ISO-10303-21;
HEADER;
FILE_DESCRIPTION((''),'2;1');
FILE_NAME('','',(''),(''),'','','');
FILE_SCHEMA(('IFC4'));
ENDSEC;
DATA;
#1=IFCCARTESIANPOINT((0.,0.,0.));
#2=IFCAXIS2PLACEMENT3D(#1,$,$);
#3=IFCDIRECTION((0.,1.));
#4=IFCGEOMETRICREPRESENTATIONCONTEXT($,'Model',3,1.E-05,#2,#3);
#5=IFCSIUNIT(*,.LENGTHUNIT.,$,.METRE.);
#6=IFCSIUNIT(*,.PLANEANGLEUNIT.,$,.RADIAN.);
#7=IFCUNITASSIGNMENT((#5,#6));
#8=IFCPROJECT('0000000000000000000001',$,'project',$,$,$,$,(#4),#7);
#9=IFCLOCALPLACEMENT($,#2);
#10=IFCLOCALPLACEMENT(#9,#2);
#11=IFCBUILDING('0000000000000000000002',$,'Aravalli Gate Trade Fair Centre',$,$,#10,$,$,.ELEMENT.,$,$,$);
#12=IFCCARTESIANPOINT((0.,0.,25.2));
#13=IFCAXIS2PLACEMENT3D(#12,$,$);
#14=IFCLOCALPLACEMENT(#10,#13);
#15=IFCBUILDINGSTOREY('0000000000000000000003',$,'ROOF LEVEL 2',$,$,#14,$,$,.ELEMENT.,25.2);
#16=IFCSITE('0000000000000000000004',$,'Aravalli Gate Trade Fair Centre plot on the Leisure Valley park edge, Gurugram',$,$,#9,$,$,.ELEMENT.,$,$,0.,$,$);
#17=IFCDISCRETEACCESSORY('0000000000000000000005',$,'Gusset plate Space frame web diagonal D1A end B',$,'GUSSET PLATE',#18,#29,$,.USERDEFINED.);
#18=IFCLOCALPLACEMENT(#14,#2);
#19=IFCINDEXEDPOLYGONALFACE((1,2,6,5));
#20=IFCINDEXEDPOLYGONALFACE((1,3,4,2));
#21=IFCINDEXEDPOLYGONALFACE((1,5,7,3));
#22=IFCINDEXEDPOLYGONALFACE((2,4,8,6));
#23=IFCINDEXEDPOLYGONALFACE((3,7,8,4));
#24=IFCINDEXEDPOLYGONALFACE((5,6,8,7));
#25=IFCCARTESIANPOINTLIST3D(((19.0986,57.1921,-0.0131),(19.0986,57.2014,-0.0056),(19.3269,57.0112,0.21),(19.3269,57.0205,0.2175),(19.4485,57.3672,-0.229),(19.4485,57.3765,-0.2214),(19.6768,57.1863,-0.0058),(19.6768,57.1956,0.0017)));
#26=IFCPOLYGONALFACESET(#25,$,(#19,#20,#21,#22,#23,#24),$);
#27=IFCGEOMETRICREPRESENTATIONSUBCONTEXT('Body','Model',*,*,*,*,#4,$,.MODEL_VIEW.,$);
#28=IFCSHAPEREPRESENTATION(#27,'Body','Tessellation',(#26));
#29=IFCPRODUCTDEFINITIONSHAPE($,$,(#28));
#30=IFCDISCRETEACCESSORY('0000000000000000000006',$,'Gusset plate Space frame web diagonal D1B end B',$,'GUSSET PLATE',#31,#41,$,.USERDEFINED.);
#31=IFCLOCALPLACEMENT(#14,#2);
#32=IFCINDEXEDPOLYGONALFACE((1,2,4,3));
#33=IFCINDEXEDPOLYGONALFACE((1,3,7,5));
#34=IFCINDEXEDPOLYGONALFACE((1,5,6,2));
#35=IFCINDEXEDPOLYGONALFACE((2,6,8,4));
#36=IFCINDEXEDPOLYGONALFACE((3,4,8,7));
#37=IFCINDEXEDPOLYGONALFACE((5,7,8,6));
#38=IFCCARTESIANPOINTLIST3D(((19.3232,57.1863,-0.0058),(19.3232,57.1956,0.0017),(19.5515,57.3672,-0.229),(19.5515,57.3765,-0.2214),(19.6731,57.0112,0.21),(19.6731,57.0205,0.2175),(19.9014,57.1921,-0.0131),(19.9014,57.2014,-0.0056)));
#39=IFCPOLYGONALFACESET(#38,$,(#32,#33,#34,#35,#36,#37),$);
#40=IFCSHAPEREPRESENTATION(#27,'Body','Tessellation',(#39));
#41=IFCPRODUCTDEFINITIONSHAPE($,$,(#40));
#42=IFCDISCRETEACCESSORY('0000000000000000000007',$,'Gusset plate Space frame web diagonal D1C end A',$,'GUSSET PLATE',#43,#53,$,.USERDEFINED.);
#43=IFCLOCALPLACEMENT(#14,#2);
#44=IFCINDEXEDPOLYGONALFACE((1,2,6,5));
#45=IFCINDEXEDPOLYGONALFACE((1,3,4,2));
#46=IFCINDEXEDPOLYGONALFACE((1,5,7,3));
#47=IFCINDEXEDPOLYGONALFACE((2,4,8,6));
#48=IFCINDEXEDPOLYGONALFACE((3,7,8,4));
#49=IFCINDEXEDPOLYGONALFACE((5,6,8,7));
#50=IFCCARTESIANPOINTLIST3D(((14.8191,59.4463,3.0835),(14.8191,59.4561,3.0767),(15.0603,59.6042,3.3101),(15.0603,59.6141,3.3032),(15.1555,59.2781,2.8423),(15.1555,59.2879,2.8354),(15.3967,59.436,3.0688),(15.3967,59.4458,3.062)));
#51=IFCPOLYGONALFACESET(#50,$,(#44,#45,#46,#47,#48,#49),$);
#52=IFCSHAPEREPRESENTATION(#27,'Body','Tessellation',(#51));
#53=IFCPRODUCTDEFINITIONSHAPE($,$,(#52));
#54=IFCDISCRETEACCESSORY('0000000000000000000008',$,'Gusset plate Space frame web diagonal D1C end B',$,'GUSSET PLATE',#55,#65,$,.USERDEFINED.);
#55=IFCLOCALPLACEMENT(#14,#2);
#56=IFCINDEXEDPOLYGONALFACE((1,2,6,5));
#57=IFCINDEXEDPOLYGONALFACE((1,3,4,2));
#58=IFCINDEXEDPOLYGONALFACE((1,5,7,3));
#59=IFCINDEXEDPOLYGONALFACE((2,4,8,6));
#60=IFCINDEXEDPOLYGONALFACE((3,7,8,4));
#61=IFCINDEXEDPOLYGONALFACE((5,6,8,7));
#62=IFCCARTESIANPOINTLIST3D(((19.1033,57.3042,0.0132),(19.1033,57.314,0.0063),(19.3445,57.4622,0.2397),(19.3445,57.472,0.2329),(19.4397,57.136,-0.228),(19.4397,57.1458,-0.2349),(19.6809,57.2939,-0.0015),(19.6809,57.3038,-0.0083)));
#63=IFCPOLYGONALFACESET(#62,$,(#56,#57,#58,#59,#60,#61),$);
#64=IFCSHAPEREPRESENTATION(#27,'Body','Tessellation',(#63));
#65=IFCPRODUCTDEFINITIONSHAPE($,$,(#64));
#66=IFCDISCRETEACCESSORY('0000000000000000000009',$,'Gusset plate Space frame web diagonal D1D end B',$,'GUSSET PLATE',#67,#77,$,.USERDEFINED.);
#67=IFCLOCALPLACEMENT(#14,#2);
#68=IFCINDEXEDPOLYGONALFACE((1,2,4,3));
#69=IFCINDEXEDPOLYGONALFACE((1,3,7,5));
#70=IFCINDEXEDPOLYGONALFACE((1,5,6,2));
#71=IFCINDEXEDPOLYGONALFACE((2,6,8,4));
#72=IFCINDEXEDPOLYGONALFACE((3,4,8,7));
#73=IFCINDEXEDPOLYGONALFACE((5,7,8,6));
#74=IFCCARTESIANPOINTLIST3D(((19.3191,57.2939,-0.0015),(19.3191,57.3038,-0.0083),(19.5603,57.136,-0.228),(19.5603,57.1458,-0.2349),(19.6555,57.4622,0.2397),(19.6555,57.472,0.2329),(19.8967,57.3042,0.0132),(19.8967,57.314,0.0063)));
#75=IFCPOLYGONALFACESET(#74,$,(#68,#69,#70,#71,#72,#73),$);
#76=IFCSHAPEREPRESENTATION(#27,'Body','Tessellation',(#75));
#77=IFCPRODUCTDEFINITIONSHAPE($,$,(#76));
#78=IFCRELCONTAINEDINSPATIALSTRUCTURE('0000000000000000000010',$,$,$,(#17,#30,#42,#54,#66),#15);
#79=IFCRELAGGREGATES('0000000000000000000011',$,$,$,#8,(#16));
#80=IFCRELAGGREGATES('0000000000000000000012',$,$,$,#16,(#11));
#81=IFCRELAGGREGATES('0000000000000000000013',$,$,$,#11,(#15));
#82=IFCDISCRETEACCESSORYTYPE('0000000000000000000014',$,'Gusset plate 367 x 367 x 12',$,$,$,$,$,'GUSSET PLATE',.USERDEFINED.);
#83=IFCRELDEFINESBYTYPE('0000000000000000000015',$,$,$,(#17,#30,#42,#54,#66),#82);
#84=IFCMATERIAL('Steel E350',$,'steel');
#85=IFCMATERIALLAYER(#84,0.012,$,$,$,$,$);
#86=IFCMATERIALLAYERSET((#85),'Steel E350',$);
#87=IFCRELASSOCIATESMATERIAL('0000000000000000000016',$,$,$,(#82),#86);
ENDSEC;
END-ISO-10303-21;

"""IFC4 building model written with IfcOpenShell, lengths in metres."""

from ifc_helpers import new_model, si_unit, direction, frame, origin, place, context, subcontext, project, spatial, polyline, outline, extrude, material, layer, layer_set, type_object, element, save


model = new_model("IFC4")

# Units and contexts
model_context = context("Model", 3, precision=1e-05, world=origin(), true_north=direction((0.0, 1.0)))
body_context = subcontext(model_context, "Body", "Model", "MODEL_VIEW")
ifc_project = project(units=[si_unit("LENGTHUNIT", "METRE"), si_unit("PLANEANGLEUNIT", "RADIAN")], contexts=[model_context])

# Site, building, storey
site_placement = place(None, origin())
site = spatial("IfcSite", under=ifc_project, at=site_placement, Name="Aravalli Gate Trade Fair Centre plot on the Leisure Valley park edge, Gurugram", CompositionType="ELEMENT", RefElevation=0.0)
building_placement = place(site_placement, origin())
building = spatial("IfcBuilding", under=site, at=building_placement, Name="Aravalli Gate Trade Fair Centre", CompositionType="ELEMENT")
storey_placement = place(building_placement, frame((0.0, 0.0, 25.2)))
storey = spatial("IfcBuildingStorey", under=building, at=storey_placement, Name="ROOF LEVEL 2", CompositionType="ELEMENT", Elevation=25.2)

# Shared definitions
ifc_material = material(Name="Steel E350", Category="steel")

# Discrete accessories
ifc_layer_1 = layer(ifc_material, 0.012)
ifc_layer_set_1 = layer_set([ifc_layer_1], Name="Steel E350")
discrete_accessory_type_1 = type_object("IfcDiscreteAccessoryType", Name="Gusset plate 367 x 367 x 12", ElementType="GUSSET PLATE", PredefinedType="USERDEFINED", material=ifc_layer_set_1)
discrete_accessory_1_placement = place(storey_placement, frame((19.0986, 57.2014, -0.0056), z_axis=(-0.000107, 0.776736, 0.629826), x_axis=(0.783044, 0.391795, -0.48305)))
element("IfcDiscreteAccessory", 1, at=discrete_accessory_1_placement, inside=storey, type_object=discrete_accessory_type_1, Name="Gusset plate Space frame web diagonal D1A end B", ObjectType="GUSSET PLATE", PredefinedType="USERDEFINED", context=body_context, shape_type="SweptSolid", body=[
    extrude(outline(polyline([(0.0, 0.0), (0.4468, 0.0), (0.4469, -0.3669), (0.0001, -0.3669), (0.0, 0.0)])), origin(), (0.0, 0.0, -1.0), 0.012),
])
discrete_accessory_2_placement = place(storey_placement, frame((19.6731, 57.0205, 0.2175), z_axis=(0.000107, 0.776736, 0.629826), x_axis=(-0.783044, 0.391795, -0.48305)))
element("IfcDiscreteAccessory", 2, at=discrete_accessory_2_placement, inside=storey, type_object=discrete_accessory_type_1, Name="Gusset plate Space frame web diagonal D1B end B", ObjectType="GUSSET PLATE", PredefinedType="USERDEFINED", context=body_context, shape_type="SweptSolid", body=[
    extrude(outline(polyline([(0.0, 0.0), (0.4468, 0.0), (0.4467, -0.3669), (-0.0001, -0.3669), (0.0, 0.0)])), origin(), (0.0, 0.0, -1.0), 0.012),
])
discrete_accessory_3_placement = place(storey_placement, frame((15.1555, 59.2781, 2.8423), z_axis=(-0.000057, -0.820282, 0.57196), x_axis=(-0.75291, 0.376455, 0.539822)))
element("IfcDiscreteAccessory", 3, at=discrete_accessory_3_placement, inside=storey, type_object=discrete_accessory_type_1, Name="Gusset plate Space frame web diagonal D1C end A", ObjectType="GUSSET PLATE", PredefinedType="USERDEFINED", context=body_context, shape_type="SweptSolid", body=[
    extrude(outline(polyline([(0.0, 0.0), (0.4468, 0.0), (0.447, -0.3667), (0.0002, -0.3667), (0.0, 0.0)])), origin(), (0.0, 0.0, -1.0), 0.012),
])
discrete_accessory_4_placement = place(storey_placement, frame((19.1033, 57.3042, 0.0132), z_axis=(-0.000057, -0.820282, 0.57196), x_axis=(0.75291, -0.376455, -0.539822)))
element("IfcDiscreteAccessory", 4, at=discrete_accessory_4_placement, inside=storey, type_object=discrete_accessory_type_1, Name="Gusset plate Space frame web diagonal D1C end B", ObjectType="GUSSET PLATE", PredefinedType="USERDEFINED", context=body_context, shape_type="SweptSolid", body=[
    extrude(outline(polyline([(0.0, 0.0), (0.4468, 0.0), (0.4467, 0.3667), (-0.0002, 0.3667), (0.0, 0.0)])), origin(), (0.0, 0.0, -1.0), 0.012),
])
discrete_accessory_5_placement = place(storey_placement, frame((19.6555, 57.4622, 0.2397), z_axis=(0.000057, -0.820282, 0.57196), x_axis=(-0.75291, -0.376455, -0.539822)))
element("IfcDiscreteAccessory", 5, at=discrete_accessory_5_placement, inside=storey, type_object=discrete_accessory_type_1, Name="Gusset plate Space frame web diagonal D1D end B", ObjectType="GUSSET PLATE", PredefinedType="USERDEFINED", context=body_context, shape_type="SweptSolid", body=[
    extrude(outline(polyline([(0.0, 0.0), (0.4468, 0.0), (0.447, 0.3667), (0.0002, 0.3667), (0.0, 0.0)])), origin(), (0.0, 0.0, -1.0), 0.012),
])

save(model, "model.ifc")
